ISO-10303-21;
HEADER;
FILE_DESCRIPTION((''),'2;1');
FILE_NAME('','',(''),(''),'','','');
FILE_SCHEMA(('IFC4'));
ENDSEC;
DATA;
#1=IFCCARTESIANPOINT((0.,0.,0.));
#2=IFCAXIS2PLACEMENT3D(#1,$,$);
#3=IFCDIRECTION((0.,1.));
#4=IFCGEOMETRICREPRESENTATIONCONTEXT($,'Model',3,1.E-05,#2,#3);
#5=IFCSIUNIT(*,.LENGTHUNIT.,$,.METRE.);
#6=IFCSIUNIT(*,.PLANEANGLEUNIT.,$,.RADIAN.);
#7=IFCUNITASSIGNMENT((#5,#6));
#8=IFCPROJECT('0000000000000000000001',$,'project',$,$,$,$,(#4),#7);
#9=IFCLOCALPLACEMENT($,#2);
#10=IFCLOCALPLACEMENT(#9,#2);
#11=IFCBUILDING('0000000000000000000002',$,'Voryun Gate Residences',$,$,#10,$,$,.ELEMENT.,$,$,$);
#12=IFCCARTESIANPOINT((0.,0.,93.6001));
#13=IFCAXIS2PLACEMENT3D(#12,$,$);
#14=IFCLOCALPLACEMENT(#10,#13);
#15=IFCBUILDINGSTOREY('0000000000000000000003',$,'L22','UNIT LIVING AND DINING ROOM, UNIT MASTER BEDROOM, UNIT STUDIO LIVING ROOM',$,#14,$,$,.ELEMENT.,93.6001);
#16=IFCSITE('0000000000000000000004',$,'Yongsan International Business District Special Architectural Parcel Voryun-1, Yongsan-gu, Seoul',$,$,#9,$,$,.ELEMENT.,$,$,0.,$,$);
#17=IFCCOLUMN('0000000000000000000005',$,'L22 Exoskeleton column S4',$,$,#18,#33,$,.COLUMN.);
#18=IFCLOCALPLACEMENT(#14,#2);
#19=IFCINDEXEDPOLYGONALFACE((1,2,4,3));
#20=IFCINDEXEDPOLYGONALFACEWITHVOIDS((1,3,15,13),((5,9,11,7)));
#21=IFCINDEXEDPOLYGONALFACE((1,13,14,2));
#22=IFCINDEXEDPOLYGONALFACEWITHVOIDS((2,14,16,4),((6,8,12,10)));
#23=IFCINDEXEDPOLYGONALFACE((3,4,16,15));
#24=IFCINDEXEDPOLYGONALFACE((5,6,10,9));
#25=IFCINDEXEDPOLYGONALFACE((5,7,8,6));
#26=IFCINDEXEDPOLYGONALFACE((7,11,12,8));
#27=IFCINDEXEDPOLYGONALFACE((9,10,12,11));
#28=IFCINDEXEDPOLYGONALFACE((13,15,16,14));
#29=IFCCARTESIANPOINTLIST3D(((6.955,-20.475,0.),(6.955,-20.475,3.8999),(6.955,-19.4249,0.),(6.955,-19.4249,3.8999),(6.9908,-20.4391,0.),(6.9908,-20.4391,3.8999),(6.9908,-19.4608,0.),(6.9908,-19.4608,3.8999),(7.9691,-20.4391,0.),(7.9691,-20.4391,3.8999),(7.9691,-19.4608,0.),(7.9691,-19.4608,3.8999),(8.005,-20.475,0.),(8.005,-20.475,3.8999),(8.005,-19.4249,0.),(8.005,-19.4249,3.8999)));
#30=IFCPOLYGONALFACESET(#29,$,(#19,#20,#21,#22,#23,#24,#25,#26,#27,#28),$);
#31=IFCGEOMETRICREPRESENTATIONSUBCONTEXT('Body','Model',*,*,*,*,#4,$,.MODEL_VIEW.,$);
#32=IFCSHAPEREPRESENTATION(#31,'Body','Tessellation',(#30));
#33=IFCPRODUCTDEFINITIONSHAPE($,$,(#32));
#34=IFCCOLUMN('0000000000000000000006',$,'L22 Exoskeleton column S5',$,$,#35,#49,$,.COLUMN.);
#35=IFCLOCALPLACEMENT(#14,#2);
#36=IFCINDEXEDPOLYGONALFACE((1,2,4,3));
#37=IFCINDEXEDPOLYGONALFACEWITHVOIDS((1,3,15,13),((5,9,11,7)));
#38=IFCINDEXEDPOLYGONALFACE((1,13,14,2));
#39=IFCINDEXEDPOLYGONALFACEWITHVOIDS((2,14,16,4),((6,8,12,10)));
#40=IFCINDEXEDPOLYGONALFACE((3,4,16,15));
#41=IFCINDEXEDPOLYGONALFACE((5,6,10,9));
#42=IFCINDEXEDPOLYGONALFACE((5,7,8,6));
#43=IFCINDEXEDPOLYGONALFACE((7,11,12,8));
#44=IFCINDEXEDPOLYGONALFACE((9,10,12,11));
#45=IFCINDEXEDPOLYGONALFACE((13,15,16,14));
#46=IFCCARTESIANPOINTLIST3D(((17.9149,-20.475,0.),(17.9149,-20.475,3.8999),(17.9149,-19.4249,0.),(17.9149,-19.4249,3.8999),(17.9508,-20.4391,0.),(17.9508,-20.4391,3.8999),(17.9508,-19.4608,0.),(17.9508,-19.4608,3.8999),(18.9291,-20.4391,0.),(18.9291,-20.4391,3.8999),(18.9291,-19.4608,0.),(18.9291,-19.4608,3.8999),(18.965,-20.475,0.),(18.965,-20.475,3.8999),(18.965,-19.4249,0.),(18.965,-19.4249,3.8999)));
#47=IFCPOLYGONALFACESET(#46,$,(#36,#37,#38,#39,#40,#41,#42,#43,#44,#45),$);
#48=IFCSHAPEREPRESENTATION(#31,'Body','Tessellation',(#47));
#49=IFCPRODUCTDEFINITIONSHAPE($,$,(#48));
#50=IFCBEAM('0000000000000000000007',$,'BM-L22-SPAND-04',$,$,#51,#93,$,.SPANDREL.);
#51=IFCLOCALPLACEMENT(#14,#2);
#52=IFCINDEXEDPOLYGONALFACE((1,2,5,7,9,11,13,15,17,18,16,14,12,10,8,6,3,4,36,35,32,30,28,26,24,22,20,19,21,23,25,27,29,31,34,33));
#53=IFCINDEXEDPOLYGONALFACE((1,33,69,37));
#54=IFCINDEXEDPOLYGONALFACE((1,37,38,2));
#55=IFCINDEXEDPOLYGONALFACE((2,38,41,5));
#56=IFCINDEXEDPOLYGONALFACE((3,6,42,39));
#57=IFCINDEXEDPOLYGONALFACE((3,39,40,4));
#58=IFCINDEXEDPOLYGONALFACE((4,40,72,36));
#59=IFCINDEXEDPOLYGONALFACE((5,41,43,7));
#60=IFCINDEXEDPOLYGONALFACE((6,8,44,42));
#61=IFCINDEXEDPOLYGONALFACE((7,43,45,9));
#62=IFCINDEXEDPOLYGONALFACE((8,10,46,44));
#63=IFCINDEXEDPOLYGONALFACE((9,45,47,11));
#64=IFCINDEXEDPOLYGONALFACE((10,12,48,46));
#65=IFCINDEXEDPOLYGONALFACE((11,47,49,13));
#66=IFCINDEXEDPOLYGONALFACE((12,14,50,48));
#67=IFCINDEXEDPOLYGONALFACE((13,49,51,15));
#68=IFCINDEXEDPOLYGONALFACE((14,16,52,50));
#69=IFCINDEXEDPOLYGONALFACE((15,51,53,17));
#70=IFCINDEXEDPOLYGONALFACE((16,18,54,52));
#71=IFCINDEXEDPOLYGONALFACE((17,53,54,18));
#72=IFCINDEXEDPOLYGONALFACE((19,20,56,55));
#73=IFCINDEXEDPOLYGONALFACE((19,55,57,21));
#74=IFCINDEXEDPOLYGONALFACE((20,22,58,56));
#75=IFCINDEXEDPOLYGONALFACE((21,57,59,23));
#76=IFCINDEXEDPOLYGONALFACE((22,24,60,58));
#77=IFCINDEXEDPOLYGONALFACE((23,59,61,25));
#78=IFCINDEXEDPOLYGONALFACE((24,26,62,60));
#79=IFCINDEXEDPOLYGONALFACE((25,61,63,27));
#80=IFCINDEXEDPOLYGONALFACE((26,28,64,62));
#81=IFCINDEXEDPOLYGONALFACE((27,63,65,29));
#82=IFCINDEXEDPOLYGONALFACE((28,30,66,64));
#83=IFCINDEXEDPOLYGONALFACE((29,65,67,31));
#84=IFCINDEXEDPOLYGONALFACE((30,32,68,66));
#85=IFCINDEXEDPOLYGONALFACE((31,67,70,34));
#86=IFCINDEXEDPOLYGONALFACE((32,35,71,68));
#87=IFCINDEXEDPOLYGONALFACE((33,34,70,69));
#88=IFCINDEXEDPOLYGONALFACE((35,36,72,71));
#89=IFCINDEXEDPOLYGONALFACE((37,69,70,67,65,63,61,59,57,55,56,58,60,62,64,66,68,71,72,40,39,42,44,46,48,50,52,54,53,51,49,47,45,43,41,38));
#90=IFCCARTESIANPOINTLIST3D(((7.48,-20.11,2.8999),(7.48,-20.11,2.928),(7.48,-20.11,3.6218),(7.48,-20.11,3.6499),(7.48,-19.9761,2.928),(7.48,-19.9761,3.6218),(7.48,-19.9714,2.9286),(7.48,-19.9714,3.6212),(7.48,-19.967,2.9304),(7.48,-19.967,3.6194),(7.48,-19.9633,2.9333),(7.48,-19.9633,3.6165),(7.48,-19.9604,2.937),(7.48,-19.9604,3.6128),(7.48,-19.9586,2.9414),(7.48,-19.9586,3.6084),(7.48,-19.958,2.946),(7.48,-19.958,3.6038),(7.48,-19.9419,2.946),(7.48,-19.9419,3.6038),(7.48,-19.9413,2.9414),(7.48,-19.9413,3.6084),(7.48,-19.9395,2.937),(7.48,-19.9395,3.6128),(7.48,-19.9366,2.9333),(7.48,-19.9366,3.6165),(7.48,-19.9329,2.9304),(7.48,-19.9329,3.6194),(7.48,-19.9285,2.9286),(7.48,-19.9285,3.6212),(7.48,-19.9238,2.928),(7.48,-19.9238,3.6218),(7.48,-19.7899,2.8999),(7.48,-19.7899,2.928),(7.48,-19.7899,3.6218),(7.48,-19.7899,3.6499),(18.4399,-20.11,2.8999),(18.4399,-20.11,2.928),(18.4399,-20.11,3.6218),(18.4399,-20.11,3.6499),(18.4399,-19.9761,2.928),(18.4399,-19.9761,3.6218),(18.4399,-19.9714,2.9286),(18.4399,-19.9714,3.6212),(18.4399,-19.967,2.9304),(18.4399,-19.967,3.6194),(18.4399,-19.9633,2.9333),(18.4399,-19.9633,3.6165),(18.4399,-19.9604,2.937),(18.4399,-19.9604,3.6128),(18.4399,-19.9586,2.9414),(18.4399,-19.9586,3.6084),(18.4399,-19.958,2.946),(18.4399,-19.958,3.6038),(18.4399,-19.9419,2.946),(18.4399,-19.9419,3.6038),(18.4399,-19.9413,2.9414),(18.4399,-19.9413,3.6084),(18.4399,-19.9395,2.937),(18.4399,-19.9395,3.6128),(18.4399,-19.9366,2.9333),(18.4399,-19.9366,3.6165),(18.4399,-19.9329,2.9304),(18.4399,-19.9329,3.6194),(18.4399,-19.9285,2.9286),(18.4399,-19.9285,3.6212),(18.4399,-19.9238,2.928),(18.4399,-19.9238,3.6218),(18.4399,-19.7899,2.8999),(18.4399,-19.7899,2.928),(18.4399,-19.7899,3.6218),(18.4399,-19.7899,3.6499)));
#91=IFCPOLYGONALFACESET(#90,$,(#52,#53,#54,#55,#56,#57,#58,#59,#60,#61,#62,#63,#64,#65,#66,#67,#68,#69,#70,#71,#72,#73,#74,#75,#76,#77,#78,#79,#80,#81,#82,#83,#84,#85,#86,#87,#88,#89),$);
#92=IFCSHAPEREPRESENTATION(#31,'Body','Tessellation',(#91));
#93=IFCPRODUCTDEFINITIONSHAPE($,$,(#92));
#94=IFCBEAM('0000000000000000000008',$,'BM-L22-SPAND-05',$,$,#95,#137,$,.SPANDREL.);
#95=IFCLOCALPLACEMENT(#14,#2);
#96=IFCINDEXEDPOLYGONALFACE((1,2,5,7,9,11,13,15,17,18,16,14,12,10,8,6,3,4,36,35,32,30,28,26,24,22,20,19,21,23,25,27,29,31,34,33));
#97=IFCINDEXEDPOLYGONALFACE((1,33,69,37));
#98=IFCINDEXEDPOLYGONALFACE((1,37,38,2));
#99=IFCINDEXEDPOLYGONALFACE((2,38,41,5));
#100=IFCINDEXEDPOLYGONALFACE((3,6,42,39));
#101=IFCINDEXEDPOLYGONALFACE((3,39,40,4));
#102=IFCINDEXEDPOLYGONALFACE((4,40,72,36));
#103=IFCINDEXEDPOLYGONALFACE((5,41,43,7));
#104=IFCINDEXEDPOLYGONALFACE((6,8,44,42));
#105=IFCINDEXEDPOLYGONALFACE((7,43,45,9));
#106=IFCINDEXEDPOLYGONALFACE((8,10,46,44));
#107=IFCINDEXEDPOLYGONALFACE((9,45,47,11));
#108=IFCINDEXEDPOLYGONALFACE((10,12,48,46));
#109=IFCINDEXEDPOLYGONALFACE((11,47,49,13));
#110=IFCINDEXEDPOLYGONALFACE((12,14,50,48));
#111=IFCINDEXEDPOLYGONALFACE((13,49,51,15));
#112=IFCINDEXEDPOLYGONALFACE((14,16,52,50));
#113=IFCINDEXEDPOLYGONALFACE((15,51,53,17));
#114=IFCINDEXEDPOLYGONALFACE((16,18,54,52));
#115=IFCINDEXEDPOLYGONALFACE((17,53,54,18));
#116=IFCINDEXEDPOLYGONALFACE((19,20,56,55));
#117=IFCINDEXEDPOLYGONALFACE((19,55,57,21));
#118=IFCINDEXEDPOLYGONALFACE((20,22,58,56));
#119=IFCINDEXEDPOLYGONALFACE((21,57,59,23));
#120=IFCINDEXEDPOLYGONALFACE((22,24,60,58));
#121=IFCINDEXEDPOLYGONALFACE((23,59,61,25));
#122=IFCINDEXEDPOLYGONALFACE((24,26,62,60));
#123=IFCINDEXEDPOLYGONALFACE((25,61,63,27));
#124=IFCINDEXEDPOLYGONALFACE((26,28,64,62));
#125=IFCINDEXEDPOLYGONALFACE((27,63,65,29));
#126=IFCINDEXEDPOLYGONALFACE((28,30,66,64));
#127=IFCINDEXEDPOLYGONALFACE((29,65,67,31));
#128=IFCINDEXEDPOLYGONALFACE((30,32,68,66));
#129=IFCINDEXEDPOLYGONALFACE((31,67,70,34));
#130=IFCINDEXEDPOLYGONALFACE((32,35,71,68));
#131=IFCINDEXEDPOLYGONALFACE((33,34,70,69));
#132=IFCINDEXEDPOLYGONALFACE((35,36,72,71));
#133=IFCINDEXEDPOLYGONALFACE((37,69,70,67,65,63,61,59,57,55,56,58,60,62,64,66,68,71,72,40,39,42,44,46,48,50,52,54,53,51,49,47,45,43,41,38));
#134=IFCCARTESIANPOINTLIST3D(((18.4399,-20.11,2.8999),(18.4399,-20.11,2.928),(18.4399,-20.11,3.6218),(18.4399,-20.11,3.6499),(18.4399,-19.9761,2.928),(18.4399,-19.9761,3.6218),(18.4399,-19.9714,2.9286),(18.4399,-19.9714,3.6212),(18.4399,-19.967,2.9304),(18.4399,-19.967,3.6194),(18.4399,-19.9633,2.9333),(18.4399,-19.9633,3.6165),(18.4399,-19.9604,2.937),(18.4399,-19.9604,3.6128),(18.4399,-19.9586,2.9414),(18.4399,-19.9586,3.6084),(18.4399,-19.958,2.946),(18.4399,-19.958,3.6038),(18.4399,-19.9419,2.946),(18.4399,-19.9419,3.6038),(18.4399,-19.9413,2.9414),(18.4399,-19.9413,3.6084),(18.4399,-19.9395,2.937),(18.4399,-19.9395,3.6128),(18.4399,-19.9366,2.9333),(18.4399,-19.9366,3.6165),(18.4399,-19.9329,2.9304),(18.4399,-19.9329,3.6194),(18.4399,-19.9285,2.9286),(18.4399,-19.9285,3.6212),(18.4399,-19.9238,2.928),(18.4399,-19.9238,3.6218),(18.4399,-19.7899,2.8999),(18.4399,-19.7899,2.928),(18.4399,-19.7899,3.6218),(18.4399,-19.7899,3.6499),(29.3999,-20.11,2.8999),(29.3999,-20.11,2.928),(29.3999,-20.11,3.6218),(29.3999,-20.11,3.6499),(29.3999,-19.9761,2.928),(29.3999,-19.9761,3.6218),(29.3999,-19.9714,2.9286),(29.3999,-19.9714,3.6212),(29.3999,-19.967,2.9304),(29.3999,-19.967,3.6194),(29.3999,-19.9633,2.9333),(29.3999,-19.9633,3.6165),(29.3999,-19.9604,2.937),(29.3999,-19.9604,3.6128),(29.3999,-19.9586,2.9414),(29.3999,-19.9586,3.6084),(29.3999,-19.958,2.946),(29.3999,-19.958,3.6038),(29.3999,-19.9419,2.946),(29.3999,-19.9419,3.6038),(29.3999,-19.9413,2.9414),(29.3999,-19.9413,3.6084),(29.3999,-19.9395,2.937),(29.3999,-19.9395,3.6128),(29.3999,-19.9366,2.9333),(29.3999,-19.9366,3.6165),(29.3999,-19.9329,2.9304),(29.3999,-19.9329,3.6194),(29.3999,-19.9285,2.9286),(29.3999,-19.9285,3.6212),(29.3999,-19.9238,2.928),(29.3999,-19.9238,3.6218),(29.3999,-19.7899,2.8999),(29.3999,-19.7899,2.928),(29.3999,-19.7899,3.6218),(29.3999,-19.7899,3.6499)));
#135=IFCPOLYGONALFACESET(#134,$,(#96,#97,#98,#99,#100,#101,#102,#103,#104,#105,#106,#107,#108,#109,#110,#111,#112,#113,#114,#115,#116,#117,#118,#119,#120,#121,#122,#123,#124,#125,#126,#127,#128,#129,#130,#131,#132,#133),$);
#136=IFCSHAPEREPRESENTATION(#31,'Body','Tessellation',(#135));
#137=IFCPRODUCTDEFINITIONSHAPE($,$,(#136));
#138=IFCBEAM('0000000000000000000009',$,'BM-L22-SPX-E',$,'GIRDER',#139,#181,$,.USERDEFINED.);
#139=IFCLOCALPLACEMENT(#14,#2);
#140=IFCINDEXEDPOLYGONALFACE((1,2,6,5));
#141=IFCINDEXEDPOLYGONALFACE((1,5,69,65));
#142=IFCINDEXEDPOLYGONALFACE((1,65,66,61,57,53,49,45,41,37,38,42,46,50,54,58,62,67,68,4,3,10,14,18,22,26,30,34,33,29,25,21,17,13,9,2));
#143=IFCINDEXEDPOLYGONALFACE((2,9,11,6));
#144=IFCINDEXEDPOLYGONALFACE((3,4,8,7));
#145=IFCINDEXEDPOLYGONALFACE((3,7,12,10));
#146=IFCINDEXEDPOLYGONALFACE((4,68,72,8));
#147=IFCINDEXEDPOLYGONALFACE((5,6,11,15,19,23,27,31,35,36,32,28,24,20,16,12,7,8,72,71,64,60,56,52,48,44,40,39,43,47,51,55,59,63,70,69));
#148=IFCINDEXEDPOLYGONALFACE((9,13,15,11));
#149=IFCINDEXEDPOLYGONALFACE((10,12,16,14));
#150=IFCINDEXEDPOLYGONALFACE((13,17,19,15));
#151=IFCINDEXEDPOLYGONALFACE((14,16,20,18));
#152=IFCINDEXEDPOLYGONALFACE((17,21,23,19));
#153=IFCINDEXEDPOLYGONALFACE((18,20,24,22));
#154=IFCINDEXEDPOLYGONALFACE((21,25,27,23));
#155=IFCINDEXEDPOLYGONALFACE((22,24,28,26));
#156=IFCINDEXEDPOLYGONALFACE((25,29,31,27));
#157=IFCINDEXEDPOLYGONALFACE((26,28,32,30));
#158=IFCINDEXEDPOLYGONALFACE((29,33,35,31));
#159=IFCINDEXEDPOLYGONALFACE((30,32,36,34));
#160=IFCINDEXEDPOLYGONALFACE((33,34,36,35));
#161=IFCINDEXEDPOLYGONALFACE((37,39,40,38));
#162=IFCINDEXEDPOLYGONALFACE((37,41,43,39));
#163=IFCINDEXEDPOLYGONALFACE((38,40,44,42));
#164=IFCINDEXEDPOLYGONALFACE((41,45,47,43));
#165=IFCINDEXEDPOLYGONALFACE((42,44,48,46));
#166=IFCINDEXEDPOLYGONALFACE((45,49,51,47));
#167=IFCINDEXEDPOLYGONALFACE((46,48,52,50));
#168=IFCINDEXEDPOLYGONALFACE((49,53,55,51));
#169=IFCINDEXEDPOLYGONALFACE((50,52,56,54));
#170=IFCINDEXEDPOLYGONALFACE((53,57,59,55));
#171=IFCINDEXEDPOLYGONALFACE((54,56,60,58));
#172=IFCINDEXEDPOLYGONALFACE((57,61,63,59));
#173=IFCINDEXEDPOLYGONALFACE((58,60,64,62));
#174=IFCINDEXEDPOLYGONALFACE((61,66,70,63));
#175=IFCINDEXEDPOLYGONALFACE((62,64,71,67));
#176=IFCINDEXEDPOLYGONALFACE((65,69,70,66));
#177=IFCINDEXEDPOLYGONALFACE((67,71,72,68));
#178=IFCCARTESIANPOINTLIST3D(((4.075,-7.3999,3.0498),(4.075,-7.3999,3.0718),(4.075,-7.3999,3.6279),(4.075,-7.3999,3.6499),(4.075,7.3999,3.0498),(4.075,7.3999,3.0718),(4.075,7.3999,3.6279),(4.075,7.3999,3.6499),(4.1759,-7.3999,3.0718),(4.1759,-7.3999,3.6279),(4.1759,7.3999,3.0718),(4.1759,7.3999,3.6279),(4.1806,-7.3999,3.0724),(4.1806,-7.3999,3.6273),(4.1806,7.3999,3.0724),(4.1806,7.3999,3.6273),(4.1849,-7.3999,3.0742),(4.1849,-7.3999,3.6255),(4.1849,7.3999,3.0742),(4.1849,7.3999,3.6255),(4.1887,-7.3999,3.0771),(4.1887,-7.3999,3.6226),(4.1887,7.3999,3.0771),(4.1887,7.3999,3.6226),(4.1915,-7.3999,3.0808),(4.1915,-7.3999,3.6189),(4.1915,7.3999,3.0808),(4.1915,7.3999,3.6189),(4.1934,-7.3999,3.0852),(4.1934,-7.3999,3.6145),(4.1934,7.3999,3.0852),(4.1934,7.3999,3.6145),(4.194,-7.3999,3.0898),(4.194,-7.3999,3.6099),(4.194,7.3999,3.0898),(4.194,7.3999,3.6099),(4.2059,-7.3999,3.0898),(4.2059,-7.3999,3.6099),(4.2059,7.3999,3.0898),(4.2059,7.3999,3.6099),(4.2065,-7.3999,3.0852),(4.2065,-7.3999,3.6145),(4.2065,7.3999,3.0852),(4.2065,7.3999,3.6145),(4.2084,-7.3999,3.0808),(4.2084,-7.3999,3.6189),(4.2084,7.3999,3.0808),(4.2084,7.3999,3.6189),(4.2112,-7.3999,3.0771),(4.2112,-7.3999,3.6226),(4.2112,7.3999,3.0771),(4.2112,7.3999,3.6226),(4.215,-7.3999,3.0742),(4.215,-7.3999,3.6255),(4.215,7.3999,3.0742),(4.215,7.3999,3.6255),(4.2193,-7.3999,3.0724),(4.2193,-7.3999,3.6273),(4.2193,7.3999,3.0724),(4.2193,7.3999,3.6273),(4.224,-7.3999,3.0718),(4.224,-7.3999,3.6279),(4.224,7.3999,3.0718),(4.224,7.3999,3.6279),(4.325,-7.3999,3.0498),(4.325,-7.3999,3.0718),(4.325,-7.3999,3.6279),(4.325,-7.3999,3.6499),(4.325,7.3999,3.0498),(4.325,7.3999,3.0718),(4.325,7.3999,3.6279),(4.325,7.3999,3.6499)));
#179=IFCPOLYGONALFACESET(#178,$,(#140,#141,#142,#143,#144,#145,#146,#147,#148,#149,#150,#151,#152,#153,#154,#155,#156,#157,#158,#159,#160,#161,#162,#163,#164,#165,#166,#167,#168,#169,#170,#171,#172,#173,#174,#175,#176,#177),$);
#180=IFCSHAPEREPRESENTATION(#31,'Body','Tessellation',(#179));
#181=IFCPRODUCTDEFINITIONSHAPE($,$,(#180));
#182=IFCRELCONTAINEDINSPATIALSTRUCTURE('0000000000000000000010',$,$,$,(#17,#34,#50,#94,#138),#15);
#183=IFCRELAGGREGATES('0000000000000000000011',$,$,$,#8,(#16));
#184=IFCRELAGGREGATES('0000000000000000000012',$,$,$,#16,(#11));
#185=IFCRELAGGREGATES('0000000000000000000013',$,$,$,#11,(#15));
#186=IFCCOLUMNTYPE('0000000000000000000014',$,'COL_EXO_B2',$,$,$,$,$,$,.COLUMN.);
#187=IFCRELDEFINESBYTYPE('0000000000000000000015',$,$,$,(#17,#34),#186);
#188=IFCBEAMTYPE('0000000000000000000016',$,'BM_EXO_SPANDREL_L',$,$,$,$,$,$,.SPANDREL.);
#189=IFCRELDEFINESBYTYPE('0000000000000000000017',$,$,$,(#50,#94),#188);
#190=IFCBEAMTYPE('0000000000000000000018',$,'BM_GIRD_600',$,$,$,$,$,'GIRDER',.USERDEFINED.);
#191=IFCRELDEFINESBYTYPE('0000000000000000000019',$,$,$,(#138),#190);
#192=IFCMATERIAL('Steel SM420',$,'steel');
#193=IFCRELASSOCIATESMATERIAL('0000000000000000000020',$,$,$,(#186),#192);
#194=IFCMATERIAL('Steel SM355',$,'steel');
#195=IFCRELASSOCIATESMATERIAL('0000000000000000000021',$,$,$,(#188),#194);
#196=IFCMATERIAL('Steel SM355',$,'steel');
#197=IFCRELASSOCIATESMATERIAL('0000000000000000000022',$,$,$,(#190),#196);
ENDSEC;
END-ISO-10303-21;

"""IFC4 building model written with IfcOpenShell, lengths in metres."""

from ifc_helpers import new_model, si_unit, direction, frame, origin, origin_2d, place, context, subcontext, project, spatial, hollow_rectangle, i_section, extrude, material, material_profile, profile_set, type_object, element, save


model = new_model("IFC4")

# Units and contexts
model_context = context("Model", 3, precision=1e-05, world=origin(), true_north=direction((0.0, 1.0)))
body_context = subcontext(model_context, "Body", "Model", "MODEL_VIEW")
ifc_project = project(units=[si_unit("LENGTHUNIT", "METRE"), si_unit("PLANEANGLEUNIT", "RADIAN")], contexts=[model_context])

# Site, building, storey
site_placement = place(None, origin())
site = spatial("IfcSite", under=ifc_project, at=site_placement, Name="Yongsan International Business District Special Architectural Parcel Voryun-1, Yongsan-gu, Seoul", CompositionType="ELEMENT", RefElevation=0.0)
building_placement = place(site_placement, origin())
building = spatial("IfcBuilding", under=site, at=building_placement, Name="Voryun Gate Residences", CompositionType="ELEMENT")
storey_placement = place(building_placement, frame((0.0, 0.0, 93.6001)))
storey = spatial("IfcBuildingStorey", under=building, at=storey_placement, Name="L22", Description="UNIT LIVING AND DINING ROOM, UNIT MASTER BEDROOM, UNIT STUDIO LIVING ROOM", CompositionType="ELEMENT", Elevation=93.6001)

# Columns
ifc_material_1 = material(Name="Steel SM420", Category="steel")
ifc_material_profile_1 = material_profile(ifc_material_1, hollow_rectangle(XDim=1.05, YDim=1.05, WallThickness=0.0359, at=origin_2d()), Name="BOX-1050x1050x36")
ifc_profile_set_1 = profile_set([ifc_material_profile_1], Name="Steel SM420")
column_type = type_object("IfcColumnType", Name="COL_EXO_B2", PredefinedType="COLUMN", material=ifc_profile_set_1)
for number, where, z_axis, x_axis, name in (
    (1, (7.48, -19.95, 0.0), (0.0, 0.0, 1.0), (1.0, 0.0, 0.0), "L22 Exoskeleton column S4"),
    (2, (18.4399, -19.95, 0.0), (0.0, 0.0, 1.0), (1.0, 0.0, 0.0), "L22 Exoskeleton column S5"),
):
    element("IfcColumn", number, at=place(storey_placement, frame(where, z_axis=z_axis, x_axis=x_axis)), inside=storey, type_object=column_type, Name=name, PredefinedType="COLUMN", context=body_context, shape_type="SweptSolid", body=[
        extrude(hollow_rectangle(XDim=1.05, YDim=1.05, WallThickness=0.0359, at=origin_2d()), origin(), (0.0, 0.0, 1.0), 3.8999),
    ])

# Beams
ifc_material_2 = material(Name="Steel SM355", Category="steel")
ifc_material_profile_2 = material_profile(ifc_material_2, i_section(OverallWidth=0.3201, OverallDepth=0.75, WebThickness=0.0161, FlangeThickness=0.0281, FilletRadius=0.0181, at=origin_2d()), Name="H-750x320x16x28")
ifc_profile_set_2 = profile_set([ifc_material_profile_2], Name="Steel SM355")
beam_type_1 = type_object("IfcBeamType", Name="BM_EXO_SPANDREL_L", PredefinedType="SPANDREL", material=ifc_profile_set_2)
for number, where, z_axis, x_axis, name in (
    (3, (7.48, -19.95, 3.2749), (1.0, 0.0, 0.0), (0.0, 1.0, 0.0), "BM-L22-SPAND-04"),
    (4, (18.4399, -19.95, 3.2749), (1.0, 0.0, 0.0), (0.0, 1.0, 0.0), "BM-L22-SPAND-05"),
):
    element("IfcBeam", number, at=place(storey_placement, frame(where, z_axis=z_axis, x_axis=x_axis)), inside=storey, type_object=beam_type_1, Name=name, PredefinedType="SPANDREL", context=body_context, shape_type="SweptSolid", body=[
        extrude(i_section(OverallWidth=0.3201, OverallDepth=0.75, WebThickness=0.0161, FlangeThickness=0.0281, FilletRadius=0.0181, at=origin_2d()), origin(), (0.0, 0.0, 1.0), 10.96),
    ])
ifc_material_3 = material(Name="Steel SM355", Category="steel")
ifc_material_profile_3 = material_profile(ifc_material_3, i_section(OverallWidth=0.25, OverallDepth=0.6001, WebThickness=0.012, FlangeThickness=0.022, FilletRadius=0.0181, at=origin_2d()), Name="H-600x250x12x22")
ifc_profile_set_3 = profile_set([ifc_material_profile_3], Name="Steel SM355")
beam_type_2 = type_object("IfcBeamType", Name="BM_GIRD_600", ElementType="GIRDER", PredefinedType="USERDEFINED", material=ifc_profile_set_3)
beam_1_placement = place(storey_placement, frame((4.2, -7.3999, 3.3499), z_axis=(0.0, 1.0, 0.0), x_axis=(-1.0, 0.0, 0.0)))
element("IfcBeam", 5, at=beam_1_placement, inside=storey, type_object=beam_type_2, Name="BM-L22-SPX-E", ObjectType="GIRDER", PredefinedType="USERDEFINED", context=body_context, shape_type="SweptSolid", body=[
    extrude(i_section(OverallWidth=0.25, OverallDepth=0.6001, WebThickness=0.012, FlangeThickness=0.022, FilletRadius=0.0181, at=origin_2d()), origin(), (0.0, 0.0, 1.0), 14.7998),
])

save(model, "model.ifc")
